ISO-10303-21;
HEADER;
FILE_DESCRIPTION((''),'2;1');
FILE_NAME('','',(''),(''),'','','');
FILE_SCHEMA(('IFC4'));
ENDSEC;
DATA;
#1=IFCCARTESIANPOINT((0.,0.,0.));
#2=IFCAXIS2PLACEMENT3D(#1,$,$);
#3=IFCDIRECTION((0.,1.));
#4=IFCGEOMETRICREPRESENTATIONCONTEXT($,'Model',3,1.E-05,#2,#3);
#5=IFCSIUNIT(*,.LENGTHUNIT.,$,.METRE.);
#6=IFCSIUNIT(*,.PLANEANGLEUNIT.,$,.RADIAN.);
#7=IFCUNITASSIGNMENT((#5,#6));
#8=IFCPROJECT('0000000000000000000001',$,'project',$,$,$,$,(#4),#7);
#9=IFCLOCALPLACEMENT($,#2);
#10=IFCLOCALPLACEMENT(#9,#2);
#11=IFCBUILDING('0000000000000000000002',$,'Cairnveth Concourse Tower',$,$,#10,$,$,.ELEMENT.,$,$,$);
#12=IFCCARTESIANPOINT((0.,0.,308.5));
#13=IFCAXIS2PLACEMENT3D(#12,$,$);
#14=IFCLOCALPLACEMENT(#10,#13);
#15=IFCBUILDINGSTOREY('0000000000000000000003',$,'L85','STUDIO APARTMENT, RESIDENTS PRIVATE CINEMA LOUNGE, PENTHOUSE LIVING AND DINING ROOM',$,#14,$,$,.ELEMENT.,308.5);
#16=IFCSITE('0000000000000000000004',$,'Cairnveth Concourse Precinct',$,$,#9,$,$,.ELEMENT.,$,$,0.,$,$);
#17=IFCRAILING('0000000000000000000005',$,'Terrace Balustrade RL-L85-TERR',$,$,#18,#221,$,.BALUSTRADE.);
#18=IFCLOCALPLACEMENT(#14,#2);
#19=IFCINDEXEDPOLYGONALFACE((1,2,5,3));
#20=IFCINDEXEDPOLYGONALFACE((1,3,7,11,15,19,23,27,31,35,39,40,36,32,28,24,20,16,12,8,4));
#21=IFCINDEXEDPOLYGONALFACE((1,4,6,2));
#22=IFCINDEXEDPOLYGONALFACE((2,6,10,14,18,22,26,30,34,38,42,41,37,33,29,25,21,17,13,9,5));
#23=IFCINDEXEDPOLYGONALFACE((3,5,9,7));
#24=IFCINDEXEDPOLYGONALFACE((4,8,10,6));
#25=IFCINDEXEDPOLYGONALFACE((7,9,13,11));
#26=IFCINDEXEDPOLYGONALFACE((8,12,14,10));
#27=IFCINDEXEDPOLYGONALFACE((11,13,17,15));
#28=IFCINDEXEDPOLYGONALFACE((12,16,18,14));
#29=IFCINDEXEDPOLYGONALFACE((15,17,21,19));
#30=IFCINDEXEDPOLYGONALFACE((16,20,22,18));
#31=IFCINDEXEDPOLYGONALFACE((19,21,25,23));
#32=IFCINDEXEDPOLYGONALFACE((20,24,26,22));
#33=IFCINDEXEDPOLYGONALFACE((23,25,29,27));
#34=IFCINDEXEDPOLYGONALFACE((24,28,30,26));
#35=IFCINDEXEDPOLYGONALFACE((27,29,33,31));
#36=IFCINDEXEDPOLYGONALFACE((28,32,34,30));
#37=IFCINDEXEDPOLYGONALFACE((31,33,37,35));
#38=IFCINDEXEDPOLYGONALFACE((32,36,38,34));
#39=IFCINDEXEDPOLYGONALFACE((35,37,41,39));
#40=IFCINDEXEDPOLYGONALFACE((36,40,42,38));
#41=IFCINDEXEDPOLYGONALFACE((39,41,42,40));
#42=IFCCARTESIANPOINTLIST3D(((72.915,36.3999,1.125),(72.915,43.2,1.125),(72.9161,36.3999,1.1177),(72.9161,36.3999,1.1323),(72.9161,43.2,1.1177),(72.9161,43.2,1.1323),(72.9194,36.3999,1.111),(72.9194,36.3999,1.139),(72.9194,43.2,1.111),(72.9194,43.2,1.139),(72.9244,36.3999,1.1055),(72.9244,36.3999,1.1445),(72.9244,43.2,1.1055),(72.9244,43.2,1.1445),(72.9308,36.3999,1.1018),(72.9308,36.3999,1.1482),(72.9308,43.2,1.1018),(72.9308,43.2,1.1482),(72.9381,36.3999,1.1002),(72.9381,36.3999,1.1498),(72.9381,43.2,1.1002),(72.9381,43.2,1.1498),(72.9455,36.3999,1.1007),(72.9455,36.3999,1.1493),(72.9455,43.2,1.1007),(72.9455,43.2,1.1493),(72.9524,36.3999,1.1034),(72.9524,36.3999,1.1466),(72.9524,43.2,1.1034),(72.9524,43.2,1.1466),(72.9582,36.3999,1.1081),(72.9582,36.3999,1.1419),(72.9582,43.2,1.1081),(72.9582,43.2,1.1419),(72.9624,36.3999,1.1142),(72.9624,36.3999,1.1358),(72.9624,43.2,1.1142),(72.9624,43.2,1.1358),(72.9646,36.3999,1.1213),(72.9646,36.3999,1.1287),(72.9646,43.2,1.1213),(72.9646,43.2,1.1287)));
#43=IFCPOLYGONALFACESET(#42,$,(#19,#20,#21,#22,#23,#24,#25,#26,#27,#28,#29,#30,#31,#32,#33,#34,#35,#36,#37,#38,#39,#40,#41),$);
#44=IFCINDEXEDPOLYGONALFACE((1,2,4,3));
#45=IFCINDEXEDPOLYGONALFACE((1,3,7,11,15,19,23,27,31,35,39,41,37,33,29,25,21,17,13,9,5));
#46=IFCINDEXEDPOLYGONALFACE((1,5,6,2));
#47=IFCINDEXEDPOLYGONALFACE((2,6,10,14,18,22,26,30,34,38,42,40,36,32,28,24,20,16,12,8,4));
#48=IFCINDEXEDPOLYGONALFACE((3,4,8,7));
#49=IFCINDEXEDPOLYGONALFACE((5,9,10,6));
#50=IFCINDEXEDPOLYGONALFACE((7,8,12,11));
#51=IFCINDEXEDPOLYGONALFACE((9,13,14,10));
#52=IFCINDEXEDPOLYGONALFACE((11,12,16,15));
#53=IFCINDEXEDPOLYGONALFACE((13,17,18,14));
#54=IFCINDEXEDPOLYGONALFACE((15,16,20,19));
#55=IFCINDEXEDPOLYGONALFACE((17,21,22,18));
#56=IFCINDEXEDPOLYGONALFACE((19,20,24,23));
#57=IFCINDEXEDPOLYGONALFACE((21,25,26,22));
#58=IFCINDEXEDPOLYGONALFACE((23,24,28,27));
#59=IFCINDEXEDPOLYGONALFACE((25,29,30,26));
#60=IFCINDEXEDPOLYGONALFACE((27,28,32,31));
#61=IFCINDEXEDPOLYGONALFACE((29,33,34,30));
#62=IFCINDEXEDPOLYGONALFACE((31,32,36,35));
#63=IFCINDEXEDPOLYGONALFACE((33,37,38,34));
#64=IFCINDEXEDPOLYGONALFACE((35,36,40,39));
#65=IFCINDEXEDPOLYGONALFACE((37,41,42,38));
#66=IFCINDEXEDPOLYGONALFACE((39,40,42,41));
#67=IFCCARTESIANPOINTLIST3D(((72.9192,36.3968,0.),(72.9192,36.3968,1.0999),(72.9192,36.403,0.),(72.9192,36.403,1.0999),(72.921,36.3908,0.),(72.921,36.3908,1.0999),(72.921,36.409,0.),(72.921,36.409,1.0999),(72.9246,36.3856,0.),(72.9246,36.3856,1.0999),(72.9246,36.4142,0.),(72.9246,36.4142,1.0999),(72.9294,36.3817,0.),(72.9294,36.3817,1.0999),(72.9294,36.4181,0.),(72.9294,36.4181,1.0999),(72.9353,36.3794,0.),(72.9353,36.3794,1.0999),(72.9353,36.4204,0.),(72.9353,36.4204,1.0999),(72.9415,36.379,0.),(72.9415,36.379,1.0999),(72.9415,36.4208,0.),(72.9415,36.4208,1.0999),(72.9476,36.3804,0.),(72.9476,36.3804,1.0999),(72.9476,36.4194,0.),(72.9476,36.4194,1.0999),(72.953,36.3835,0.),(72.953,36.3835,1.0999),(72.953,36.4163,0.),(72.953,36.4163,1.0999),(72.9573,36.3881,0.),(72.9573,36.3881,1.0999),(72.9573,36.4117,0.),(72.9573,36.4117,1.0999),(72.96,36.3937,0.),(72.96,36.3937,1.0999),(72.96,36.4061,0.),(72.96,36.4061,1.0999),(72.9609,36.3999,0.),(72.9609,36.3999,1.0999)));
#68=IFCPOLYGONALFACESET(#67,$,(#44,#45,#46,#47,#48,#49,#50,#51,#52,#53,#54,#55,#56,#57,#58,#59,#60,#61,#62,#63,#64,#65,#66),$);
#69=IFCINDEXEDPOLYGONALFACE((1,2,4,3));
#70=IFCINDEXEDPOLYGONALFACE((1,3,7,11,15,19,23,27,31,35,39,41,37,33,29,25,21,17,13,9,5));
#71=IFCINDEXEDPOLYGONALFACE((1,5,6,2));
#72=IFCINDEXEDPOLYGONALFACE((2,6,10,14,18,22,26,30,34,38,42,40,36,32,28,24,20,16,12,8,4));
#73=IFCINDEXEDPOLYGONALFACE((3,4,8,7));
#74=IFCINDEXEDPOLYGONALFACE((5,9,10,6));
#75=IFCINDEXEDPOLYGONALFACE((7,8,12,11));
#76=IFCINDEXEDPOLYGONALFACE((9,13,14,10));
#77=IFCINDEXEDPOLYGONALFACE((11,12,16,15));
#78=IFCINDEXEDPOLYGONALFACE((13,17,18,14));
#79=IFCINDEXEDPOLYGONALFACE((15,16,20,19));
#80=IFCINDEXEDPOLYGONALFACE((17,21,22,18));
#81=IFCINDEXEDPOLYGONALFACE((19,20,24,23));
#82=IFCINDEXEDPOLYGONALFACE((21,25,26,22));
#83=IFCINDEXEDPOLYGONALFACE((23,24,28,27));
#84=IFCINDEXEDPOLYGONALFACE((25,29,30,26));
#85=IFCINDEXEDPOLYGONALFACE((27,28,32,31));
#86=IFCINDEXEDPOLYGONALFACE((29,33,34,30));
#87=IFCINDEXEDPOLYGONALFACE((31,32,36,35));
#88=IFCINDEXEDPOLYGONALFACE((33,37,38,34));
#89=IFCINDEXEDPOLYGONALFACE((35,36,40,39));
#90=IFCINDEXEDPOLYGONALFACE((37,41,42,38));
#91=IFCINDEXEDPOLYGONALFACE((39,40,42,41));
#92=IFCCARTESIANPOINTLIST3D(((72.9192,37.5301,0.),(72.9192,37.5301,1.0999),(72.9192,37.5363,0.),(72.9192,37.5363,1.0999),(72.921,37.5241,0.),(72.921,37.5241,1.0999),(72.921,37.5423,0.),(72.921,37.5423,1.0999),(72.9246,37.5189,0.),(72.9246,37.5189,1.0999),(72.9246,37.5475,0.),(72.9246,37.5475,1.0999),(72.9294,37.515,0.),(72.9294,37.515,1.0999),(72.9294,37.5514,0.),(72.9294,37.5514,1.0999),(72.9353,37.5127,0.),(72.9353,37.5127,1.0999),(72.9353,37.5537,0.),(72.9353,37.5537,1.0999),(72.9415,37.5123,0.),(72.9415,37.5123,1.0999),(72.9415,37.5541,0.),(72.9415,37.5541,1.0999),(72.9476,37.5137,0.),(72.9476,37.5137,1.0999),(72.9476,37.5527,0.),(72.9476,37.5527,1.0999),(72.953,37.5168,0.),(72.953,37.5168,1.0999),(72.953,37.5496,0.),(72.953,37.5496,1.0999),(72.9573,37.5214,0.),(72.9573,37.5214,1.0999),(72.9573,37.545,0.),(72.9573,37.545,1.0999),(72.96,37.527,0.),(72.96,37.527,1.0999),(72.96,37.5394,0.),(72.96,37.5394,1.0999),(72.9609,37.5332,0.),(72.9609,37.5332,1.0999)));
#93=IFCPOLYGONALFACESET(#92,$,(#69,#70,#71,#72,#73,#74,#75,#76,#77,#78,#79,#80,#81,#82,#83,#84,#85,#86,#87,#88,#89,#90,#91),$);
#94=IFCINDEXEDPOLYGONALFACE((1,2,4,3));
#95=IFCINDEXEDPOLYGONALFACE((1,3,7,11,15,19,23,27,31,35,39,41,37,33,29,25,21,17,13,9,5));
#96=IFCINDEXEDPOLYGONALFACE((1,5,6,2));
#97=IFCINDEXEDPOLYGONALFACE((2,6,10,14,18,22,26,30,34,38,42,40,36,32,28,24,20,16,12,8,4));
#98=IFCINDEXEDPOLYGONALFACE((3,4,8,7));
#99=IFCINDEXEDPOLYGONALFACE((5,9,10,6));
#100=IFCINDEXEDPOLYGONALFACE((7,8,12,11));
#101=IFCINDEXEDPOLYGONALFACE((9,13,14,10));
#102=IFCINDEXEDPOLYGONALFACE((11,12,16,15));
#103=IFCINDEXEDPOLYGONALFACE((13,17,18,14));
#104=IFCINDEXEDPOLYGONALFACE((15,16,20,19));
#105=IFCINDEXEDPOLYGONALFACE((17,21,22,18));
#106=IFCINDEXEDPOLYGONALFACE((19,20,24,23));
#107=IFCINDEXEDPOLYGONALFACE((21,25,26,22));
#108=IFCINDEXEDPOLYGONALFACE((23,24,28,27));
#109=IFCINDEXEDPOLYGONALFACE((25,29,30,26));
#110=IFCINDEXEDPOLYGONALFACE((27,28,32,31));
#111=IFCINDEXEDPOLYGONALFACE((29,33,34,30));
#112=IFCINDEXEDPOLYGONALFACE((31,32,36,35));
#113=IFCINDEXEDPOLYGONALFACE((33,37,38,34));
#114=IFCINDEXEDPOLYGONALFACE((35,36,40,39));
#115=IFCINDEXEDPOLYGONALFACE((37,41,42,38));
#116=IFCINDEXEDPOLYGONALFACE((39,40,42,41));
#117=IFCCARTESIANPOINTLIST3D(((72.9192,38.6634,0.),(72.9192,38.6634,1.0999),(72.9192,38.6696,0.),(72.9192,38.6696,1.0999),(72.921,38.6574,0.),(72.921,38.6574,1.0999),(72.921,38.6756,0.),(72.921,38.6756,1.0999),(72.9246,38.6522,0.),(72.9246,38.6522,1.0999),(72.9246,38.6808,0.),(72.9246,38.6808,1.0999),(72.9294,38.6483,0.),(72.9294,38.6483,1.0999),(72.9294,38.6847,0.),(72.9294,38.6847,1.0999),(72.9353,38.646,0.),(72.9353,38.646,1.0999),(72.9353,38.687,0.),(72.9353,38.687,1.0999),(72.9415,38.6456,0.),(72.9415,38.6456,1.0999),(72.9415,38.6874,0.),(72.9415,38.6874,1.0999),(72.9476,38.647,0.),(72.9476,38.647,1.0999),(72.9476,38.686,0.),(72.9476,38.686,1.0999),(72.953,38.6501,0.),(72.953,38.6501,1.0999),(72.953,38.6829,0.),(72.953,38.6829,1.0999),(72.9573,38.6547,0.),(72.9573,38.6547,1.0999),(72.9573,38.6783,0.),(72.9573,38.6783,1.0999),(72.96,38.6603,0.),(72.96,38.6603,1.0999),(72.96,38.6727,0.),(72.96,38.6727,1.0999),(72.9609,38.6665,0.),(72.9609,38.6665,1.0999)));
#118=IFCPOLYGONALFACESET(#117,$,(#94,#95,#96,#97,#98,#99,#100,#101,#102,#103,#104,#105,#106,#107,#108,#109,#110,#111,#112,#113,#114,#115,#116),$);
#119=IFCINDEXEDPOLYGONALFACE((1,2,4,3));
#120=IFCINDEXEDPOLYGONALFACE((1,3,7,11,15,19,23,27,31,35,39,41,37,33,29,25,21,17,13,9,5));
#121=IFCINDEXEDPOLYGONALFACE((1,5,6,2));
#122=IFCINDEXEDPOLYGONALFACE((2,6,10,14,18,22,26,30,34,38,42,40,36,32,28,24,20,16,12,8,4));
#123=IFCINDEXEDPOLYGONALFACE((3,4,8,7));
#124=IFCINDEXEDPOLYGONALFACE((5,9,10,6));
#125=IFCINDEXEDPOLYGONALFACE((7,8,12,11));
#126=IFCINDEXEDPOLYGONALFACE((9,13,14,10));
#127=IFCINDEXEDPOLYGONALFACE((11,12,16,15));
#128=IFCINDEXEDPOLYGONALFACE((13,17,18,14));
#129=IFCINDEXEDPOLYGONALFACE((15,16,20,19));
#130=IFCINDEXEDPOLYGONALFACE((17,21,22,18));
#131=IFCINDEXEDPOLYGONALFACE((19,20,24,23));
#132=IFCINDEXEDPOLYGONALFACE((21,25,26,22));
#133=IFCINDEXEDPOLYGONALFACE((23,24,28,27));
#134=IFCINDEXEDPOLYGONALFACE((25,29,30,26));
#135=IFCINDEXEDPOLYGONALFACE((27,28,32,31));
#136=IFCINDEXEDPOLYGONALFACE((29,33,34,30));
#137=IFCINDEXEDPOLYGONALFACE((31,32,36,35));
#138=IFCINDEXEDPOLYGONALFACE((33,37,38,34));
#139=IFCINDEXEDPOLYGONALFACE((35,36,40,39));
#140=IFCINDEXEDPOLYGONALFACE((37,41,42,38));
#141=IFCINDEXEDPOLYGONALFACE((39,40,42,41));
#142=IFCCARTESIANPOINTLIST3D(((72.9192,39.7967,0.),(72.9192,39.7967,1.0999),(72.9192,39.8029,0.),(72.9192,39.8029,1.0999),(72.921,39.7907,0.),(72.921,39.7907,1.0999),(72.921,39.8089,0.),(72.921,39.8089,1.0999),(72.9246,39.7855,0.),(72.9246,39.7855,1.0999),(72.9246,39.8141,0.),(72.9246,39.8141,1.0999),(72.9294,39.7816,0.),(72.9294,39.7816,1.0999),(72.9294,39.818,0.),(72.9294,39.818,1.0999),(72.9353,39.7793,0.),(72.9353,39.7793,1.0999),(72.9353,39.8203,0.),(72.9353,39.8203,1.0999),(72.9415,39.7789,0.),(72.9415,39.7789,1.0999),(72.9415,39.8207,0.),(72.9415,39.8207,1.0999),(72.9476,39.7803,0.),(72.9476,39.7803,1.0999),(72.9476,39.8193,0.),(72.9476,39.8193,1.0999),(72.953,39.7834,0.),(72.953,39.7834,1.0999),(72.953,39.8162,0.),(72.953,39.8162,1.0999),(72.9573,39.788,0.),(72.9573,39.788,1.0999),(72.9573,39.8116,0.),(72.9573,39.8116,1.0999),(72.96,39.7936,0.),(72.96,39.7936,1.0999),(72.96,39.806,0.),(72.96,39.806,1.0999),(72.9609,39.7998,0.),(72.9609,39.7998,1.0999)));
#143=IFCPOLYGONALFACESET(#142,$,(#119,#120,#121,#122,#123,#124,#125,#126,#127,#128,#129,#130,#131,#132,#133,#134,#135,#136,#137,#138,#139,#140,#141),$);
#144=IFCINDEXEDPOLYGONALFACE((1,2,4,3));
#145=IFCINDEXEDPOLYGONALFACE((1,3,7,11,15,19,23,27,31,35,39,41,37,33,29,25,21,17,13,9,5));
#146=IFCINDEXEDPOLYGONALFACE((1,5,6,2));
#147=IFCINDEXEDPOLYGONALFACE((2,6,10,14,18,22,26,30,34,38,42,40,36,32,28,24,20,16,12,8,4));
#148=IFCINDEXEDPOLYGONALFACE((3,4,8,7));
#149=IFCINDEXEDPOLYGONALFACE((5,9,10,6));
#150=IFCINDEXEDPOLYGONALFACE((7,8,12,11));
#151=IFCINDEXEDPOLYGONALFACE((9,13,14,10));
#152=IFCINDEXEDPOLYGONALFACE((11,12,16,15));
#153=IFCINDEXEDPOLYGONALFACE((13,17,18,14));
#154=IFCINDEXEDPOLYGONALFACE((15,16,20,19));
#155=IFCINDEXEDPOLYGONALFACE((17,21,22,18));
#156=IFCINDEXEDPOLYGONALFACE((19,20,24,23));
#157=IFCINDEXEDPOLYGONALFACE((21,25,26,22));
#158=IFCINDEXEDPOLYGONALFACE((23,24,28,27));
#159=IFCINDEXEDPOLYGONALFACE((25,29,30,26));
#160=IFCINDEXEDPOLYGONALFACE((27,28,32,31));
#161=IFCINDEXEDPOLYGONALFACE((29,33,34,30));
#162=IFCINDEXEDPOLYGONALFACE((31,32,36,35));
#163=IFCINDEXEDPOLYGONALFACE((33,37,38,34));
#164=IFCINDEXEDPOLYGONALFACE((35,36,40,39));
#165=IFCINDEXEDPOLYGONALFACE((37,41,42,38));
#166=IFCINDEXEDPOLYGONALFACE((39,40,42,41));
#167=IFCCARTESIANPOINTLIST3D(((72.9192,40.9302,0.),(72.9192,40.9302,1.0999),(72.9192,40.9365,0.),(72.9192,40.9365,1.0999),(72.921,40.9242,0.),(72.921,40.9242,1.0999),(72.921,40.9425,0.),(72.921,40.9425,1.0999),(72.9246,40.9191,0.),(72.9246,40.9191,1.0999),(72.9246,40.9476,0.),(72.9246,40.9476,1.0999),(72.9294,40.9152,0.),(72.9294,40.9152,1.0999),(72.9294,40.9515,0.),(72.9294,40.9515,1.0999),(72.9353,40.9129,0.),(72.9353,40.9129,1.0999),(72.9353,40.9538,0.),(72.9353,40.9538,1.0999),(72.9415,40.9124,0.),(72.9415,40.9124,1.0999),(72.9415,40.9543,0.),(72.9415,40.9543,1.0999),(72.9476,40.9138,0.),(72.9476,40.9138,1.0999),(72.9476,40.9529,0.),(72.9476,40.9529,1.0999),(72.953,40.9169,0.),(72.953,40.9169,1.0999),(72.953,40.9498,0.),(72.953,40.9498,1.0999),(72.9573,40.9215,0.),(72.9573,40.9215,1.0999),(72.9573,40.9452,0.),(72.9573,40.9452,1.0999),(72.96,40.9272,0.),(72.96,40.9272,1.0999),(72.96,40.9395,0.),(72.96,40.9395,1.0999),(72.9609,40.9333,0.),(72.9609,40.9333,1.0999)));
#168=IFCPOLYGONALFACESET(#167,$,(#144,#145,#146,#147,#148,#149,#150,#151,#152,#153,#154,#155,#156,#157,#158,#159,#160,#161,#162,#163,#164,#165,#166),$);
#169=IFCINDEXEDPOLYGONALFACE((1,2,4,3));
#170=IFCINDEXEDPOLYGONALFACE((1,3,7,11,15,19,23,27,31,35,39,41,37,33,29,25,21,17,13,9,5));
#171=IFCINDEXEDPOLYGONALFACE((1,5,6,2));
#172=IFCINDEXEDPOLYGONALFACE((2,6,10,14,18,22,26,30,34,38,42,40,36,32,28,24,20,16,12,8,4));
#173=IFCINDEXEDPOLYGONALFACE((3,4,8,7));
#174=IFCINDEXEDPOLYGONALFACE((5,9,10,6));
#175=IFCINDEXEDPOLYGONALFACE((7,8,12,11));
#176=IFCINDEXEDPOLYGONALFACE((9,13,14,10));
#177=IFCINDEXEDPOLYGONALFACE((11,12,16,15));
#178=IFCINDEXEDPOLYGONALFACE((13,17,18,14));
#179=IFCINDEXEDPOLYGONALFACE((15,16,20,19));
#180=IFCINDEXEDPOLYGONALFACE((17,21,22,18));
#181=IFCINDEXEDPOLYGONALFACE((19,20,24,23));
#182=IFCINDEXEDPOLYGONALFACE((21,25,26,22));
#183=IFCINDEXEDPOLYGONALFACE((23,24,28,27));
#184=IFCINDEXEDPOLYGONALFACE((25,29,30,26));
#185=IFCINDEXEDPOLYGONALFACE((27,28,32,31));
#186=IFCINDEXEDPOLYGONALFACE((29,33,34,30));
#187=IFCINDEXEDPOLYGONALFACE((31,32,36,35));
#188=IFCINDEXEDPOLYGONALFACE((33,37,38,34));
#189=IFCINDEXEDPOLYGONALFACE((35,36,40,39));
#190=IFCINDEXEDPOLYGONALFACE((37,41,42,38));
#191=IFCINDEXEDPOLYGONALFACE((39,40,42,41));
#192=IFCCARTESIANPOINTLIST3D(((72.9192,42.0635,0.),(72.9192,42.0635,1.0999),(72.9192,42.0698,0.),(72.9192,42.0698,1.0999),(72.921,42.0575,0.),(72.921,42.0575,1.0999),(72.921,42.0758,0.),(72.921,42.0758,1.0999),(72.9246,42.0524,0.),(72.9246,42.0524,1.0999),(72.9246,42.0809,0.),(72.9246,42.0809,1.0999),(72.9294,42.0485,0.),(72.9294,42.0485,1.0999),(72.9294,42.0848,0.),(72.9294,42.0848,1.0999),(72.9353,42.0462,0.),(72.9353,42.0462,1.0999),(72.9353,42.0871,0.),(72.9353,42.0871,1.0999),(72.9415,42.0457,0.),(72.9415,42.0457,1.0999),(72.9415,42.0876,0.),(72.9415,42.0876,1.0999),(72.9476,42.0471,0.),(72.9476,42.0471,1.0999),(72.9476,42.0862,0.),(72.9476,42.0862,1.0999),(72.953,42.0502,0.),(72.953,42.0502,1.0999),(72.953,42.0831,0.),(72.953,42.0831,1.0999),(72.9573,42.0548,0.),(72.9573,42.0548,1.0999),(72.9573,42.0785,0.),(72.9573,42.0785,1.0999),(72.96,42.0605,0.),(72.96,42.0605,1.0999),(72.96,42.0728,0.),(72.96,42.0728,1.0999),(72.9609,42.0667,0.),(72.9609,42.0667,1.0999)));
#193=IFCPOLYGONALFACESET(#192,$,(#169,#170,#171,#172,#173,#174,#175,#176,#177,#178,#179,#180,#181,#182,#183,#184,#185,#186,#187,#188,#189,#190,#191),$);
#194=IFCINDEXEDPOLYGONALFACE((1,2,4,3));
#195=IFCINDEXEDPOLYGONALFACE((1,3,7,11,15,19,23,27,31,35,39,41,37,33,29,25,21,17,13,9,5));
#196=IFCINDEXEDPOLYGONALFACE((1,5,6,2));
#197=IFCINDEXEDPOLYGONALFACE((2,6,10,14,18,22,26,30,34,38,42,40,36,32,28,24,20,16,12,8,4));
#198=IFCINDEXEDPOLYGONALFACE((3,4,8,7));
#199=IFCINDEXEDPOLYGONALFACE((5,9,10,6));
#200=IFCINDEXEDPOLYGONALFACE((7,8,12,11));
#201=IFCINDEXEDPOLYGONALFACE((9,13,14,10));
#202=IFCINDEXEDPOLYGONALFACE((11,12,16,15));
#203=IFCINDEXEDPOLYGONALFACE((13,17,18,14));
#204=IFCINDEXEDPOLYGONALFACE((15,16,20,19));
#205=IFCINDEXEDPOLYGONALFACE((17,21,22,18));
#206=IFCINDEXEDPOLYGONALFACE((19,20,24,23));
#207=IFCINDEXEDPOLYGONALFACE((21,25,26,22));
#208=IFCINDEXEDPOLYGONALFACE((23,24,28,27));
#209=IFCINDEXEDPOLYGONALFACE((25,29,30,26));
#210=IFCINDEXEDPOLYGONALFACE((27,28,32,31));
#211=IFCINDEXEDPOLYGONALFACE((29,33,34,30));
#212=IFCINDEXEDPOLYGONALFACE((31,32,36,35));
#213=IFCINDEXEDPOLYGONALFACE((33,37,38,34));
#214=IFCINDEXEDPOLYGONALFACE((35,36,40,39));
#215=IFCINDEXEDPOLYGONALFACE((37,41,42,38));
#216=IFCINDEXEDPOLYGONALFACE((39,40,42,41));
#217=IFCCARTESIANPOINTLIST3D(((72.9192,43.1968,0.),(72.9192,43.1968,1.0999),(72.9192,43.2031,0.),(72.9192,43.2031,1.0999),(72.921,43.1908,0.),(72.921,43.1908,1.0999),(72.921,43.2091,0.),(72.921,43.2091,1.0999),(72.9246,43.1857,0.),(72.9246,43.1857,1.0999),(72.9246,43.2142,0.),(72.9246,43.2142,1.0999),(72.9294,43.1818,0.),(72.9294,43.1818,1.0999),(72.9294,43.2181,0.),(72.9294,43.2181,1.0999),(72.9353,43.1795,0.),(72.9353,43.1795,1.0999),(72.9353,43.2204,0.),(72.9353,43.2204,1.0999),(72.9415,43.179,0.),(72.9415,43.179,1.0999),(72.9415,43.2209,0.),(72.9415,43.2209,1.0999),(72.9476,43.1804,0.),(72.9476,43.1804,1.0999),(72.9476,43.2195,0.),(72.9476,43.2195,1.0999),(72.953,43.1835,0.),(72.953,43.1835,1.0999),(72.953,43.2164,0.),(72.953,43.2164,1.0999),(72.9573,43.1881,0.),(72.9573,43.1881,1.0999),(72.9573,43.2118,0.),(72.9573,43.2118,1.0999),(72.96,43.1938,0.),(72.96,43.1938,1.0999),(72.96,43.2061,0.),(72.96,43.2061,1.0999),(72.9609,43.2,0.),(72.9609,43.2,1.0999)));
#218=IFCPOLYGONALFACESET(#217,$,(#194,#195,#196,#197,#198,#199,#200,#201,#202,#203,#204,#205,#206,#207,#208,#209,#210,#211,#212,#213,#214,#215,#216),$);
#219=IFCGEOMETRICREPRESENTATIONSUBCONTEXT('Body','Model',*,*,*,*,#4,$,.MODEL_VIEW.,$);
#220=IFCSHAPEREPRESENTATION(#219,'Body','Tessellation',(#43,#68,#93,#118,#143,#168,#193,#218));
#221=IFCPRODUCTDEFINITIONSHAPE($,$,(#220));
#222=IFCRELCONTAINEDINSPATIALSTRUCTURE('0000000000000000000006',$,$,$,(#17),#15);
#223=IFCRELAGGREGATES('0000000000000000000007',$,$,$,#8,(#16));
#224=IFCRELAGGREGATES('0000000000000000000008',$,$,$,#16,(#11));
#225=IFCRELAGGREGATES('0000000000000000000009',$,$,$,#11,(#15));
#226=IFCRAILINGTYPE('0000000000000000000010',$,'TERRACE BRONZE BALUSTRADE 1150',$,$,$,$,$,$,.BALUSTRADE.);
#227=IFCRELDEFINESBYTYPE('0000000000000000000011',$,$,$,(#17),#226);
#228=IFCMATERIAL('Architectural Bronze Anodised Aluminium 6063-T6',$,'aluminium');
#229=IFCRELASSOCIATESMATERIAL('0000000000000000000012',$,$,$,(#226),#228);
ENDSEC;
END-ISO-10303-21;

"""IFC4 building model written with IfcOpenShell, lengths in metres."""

from ifc_helpers import new_model, si_unit, direction, frame, origin, origin_2d, place, context, subcontext, project, spatial, circle, extrude, material, type_object, element, save


model = new_model("IFC4")

# Units and contexts
model_context = context("Model", 3, precision=1e-05, world=origin(), true_north=direction((0.0, 1.0)))
body_context = subcontext(model_context, "Body", "Model", "MODEL_VIEW")
ifc_project = project(units=[si_unit("LENGTHUNIT", "METRE"), si_unit("PLANEANGLEUNIT", "RADIAN")], contexts=[model_context])

# Site, building, storey
site_placement = place(None, origin())
site = spatial("IfcSite", under=ifc_project, at=site_placement, Name="Cairnveth Concourse Precinct", CompositionType="ELEMENT", RefElevation=0.0)
building_placement = place(site_placement, origin())
building = spatial("IfcBuilding", under=site, at=building_placement, Name="Cairnveth Concourse Tower", CompositionType="ELEMENT")
storey_placement = place(building_placement, frame((0.0, 0.0, 308.5)))
storey = spatial("IfcBuildingStorey", under=building, at=storey_placement, Name="L85", Description="STUDIO APARTMENT, RESIDENTS PRIVATE CINEMA LOUNGE, PENTHOUSE LIVING AND DINING ROOM", CompositionType="ELEMENT", Elevation=308.5)

# Railing
ifc_material_1 = material(Name="Architectural Bronze Anodised Aluminium 6063-T6", Category="aluminium")
railing_type = type_object("IfcRailingType", Name="TERRACE BRONZE BALUSTRADE 1150", PredefinedType="BALUSTRADE", material=ifc_material_1)
railing_placement = place(storey_placement, frame((72.9399, 36.3999, 0.0)))
element("IfcRailing", 1, at=railing_placement, inside=storey, type_object=railing_type, Name="Terrace Balustrade RL-L85-TERR", PredefinedType="BALUSTRADE", context=body_context, shape_type="SweptSolid", body=[
    extrude(circle(Radius=0.0249, at=origin_2d()), frame((0.0, 0.0, 1.125), z_axis=(0.0, 1.0, 0.0), x_axis=(-1.0, 0.0, 0.0)), (0.0, 0.0, 1.0), 6.8),
    extrude(circle(Radius=0.021, at=origin_2d()), origin(), (0.0, 0.0, 1.0), 1.0999),
    extrude(circle(Radius=0.021, at=origin_2d()), frame((0.0, 1.1333, 0.0)), (0.0, 0.0, 1.0), 1.0999),
    extrude(circle(Radius=0.021, at=origin_2d()), frame((0.0, 2.2666, 0.0)), (0.0, 0.0, 1.0), 1.0999),
    extrude(circle(Radius=0.021, at=origin_2d()), frame((0.0, 3.3999, 0.0)), (0.0, 0.0, 1.0), 1.0999),
    extrude(circle(Radius=0.021, at=origin_2d()), frame((0.0, 4.5334, 0.0)), (0.0, 0.0, 1.0), 1.0999),
    extrude(circle(Radius=0.021, at=origin_2d()), frame((0.0, 5.6667, 0.0)), (0.0, 0.0, 1.0), 1.0999),
    extrude(circle(Radius=0.021, at=origin_2d()), frame((0.0, 6.8, 0.0)), (0.0, 0.0, 1.0), 1.0999),
])

save(model, "model.ifc")
